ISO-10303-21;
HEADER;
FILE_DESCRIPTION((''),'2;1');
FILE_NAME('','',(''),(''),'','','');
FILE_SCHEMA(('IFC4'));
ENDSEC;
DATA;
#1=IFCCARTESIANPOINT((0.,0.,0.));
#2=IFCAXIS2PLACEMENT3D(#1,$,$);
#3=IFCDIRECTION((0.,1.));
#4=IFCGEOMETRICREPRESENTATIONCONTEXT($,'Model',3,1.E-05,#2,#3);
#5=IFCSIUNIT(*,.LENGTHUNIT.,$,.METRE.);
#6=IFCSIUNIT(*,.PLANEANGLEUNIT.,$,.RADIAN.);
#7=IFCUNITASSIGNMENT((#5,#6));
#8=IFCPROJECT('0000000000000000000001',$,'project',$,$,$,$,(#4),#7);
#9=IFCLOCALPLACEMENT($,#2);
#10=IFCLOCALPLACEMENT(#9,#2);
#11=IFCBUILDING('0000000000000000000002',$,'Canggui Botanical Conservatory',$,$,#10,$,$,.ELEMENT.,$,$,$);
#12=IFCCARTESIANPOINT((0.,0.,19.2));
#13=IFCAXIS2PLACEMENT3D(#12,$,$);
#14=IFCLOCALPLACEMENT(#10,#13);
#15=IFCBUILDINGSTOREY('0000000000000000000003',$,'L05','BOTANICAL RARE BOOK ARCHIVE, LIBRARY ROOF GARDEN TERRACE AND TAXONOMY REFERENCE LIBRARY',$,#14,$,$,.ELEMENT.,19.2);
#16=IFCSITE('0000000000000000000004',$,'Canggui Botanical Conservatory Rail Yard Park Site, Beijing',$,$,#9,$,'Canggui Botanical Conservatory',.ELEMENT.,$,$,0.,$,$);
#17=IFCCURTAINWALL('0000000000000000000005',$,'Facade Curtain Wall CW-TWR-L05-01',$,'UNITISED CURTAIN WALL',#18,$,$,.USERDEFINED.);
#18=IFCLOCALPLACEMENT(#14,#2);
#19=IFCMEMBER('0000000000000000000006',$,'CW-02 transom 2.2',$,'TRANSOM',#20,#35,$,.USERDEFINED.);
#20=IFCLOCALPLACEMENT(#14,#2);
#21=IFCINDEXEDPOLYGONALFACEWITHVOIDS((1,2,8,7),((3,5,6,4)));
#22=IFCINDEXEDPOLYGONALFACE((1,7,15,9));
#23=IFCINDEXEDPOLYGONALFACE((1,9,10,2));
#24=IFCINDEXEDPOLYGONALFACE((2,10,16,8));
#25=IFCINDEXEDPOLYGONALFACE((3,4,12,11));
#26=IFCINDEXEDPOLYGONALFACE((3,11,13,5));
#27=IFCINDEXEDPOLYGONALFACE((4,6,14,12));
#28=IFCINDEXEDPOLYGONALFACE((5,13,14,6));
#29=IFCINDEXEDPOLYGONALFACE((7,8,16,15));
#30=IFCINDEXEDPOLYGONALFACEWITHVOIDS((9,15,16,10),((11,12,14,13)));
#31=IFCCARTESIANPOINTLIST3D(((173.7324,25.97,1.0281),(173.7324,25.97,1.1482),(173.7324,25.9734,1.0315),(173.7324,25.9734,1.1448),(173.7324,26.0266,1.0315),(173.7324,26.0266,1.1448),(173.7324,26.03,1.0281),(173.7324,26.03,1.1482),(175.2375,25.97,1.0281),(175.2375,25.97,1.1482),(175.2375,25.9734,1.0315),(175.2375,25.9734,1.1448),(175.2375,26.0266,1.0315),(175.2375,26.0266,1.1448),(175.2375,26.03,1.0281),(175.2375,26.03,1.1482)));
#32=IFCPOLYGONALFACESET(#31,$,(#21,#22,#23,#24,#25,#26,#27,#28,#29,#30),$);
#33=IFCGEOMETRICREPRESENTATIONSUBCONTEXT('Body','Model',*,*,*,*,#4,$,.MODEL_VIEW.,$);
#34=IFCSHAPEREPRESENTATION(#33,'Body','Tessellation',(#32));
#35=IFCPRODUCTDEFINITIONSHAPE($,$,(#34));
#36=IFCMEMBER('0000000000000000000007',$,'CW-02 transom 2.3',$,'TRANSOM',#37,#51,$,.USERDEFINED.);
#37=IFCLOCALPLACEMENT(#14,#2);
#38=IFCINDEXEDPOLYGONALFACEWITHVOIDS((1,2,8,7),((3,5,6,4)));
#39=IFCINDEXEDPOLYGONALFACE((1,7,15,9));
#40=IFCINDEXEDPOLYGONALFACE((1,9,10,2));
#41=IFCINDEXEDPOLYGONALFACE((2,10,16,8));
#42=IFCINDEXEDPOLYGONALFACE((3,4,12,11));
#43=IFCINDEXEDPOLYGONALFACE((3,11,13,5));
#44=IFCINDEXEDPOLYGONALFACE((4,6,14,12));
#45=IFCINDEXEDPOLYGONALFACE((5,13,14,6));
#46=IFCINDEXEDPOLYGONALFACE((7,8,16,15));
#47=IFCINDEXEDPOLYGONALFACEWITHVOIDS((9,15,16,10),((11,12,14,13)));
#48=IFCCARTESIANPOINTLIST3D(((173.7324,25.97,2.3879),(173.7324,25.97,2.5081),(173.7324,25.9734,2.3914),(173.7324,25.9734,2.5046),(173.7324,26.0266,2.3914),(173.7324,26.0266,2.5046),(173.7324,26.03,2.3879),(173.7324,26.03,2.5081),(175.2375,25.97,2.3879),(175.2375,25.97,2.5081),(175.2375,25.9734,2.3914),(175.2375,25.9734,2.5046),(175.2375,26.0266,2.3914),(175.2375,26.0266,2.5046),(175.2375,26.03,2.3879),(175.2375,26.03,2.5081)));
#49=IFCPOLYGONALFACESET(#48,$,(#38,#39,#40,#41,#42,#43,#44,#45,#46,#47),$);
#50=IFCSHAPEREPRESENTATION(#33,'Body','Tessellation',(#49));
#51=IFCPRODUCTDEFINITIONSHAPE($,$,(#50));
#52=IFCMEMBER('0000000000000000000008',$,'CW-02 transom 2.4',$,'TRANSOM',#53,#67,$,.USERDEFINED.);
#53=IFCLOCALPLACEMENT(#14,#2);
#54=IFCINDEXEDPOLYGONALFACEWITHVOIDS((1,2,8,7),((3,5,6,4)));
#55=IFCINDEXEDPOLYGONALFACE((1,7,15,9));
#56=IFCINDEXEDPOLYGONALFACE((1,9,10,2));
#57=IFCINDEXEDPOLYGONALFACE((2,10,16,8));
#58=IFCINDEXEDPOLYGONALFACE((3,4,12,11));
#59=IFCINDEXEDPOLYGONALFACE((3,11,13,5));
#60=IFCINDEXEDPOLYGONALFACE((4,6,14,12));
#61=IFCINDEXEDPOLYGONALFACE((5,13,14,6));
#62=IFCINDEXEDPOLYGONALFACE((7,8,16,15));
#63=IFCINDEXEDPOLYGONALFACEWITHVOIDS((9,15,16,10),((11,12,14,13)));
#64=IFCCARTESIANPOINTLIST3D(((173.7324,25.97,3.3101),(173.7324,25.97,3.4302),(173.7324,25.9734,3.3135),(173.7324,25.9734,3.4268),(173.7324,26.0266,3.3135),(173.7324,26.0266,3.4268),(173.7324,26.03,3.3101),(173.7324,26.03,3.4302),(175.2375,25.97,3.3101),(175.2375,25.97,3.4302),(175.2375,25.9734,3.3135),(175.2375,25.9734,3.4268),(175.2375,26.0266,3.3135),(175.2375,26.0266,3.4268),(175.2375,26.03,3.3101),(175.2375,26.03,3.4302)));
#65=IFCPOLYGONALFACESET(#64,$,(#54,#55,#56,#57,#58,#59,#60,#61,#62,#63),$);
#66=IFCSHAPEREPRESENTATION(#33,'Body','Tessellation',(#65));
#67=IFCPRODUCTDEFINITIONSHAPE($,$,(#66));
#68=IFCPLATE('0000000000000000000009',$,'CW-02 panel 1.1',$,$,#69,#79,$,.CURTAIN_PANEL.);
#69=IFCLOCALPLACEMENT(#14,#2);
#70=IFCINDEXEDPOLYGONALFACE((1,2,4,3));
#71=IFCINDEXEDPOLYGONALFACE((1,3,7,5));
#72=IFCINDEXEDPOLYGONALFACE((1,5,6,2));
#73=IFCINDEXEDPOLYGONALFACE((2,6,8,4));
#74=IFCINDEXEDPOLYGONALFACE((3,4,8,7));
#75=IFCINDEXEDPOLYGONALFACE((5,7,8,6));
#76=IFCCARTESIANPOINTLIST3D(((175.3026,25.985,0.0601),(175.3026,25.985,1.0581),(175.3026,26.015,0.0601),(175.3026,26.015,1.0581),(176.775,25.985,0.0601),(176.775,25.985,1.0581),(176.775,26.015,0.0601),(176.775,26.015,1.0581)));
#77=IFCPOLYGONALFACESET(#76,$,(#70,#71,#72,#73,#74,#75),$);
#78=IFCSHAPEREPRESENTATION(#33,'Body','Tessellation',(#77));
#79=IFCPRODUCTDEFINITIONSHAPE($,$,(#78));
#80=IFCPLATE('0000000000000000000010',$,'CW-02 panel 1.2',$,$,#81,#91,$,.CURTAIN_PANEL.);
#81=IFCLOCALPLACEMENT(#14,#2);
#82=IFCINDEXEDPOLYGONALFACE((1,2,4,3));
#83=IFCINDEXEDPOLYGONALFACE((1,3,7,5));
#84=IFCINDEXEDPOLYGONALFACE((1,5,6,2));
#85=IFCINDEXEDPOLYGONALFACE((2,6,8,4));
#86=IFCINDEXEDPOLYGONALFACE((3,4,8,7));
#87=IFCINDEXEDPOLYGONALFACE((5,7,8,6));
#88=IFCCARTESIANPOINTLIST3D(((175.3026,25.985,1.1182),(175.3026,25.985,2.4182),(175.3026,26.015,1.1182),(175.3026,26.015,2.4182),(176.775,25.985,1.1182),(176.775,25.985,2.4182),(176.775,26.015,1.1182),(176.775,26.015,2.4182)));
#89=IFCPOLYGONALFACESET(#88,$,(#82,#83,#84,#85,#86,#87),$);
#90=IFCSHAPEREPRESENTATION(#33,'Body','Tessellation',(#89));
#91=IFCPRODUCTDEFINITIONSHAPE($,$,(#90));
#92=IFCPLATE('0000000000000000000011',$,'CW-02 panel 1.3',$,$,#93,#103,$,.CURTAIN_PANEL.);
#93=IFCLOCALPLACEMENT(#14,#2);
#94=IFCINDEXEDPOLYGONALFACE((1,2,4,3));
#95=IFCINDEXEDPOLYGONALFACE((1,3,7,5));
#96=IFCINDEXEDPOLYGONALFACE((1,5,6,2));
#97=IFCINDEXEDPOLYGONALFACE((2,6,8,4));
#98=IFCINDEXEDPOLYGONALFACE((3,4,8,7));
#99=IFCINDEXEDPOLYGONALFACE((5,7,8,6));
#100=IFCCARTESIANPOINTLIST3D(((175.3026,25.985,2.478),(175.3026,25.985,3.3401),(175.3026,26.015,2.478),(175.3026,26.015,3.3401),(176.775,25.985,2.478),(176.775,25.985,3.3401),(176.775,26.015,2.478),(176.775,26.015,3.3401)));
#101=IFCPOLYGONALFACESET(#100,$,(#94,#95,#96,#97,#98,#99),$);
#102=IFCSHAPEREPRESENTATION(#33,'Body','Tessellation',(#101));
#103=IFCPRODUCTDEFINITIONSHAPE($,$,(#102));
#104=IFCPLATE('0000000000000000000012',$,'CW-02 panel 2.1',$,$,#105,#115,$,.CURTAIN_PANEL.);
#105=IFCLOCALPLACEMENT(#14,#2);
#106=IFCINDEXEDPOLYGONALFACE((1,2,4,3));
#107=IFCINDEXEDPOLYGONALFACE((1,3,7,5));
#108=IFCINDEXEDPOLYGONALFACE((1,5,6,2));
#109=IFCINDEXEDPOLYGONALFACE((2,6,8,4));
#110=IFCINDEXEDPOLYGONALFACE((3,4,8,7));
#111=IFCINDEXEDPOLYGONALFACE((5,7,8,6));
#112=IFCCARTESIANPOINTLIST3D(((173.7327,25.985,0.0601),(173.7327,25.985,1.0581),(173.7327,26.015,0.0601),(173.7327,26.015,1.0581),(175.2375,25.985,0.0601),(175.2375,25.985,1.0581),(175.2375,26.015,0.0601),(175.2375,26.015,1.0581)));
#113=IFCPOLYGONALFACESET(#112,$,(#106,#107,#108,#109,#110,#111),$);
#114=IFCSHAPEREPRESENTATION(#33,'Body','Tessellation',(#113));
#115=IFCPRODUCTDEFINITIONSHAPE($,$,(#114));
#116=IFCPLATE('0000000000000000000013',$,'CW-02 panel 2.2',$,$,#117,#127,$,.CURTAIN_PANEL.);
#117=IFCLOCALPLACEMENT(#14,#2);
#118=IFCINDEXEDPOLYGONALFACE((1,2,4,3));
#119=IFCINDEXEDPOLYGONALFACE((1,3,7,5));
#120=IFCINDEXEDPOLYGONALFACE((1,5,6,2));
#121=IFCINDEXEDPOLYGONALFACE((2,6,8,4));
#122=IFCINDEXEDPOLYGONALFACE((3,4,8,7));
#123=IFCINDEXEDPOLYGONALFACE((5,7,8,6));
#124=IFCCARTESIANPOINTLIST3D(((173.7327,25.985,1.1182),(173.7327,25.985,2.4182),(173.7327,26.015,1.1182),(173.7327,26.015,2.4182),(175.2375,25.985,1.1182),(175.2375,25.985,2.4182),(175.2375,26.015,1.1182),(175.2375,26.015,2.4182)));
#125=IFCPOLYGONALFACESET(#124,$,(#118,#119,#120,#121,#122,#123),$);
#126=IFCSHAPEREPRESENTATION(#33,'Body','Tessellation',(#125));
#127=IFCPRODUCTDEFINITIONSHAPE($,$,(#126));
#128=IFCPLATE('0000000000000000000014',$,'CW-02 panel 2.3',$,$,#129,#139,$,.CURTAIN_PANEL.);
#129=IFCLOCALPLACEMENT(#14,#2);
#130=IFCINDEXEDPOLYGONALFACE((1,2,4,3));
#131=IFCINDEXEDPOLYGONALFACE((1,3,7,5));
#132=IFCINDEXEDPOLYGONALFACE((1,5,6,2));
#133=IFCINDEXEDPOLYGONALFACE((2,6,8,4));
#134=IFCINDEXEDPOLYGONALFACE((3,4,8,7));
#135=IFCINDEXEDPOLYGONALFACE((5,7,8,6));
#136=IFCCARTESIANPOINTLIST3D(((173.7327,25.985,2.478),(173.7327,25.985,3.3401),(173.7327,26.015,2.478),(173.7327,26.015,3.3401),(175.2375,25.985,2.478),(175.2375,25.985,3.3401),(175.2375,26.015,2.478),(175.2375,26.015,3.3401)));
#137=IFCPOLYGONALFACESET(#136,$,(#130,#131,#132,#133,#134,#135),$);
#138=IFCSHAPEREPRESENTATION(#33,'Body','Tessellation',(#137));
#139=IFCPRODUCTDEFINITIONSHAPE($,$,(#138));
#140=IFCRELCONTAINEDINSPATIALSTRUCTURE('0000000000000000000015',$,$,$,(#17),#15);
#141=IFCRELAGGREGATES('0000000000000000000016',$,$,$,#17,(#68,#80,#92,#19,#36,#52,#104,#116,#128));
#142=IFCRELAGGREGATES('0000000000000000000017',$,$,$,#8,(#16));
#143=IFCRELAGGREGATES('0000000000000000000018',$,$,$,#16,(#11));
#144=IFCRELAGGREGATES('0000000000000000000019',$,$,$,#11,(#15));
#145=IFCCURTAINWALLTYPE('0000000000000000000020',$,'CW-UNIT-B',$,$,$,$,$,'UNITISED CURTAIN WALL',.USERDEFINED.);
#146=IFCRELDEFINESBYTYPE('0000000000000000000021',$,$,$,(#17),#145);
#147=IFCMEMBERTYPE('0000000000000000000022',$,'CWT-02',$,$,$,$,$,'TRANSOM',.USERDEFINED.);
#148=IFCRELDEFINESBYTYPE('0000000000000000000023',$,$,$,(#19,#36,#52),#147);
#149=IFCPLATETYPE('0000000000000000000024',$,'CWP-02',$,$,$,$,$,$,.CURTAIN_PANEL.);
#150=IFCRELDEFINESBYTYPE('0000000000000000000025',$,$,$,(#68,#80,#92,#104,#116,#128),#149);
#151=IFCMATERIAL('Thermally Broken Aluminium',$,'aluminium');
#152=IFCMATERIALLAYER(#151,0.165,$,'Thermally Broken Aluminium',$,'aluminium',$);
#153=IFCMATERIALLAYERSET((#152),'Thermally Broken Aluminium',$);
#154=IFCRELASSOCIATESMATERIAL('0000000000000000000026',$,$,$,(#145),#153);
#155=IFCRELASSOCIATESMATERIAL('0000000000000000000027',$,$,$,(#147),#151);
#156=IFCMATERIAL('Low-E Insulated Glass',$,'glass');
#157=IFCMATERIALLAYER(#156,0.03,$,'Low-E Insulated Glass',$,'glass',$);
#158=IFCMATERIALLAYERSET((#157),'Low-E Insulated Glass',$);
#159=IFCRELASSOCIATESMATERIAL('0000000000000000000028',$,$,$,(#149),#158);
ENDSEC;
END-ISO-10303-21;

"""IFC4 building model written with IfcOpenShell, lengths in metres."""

from ifc_helpers import new_model, si_unit, direction, frame, origin, origin_2d, place, context, subcontext, project, spatial, rectangle, hollow_rectangle, extrude, material, layer, layer_set, material_profile, profile_set, type_object, element, aggregate, save


model = new_model("IFC4")

# Units and contexts
model_context = context("Model", 3, precision=1e-05, world=origin(), true_north=direction((0.0, 1.0)))
body_context = subcontext(model_context, "Body", "Model", "MODEL_VIEW")
ifc_project = project(units=[si_unit("LENGTHUNIT", "METRE"), si_unit("PLANEANGLEUNIT", "RADIAN")], contexts=[model_context])

# Site, building, storey
site_placement = place(None, origin())
site = spatial("IfcSite", under=ifc_project, at=site_placement, Name="Canggui Botanical Conservatory Rail Yard Park Site, Beijing", LongName="Canggui Botanical Conservatory", CompositionType="ELEMENT", RefElevation=0.0)
building_placement = place(site_placement, origin())
building = spatial("IfcBuilding", under=site, at=building_placement, Name="Canggui Botanical Conservatory", CompositionType="ELEMENT")
storey_placement = place(building_placement, frame((0.0, 0.0, 19.2)))
storey = spatial("IfcBuildingStorey", under=building, at=storey_placement, Name="L05", Description="BOTANICAL RARE BOOK ARCHIVE, LIBRARY ROOF GARDEN TERRACE AND TAXONOMY REFERENCE LIBRARY", CompositionType="ELEMENT", Elevation=19.2)

# Curtain wall, members, plates
ifc_material_1 = material(Name="Thermally Broken Aluminium", Category="aluminium")
ifc_layer_1 = layer(ifc_material_1, 0.165, Name="Thermally Broken Aluminium", Category="aluminium")
ifc_layer_set_1 = layer_set([ifc_layer_1], Name="Thermally Broken Aluminium")
curtain_wall_type = type_object("IfcCurtainWallType", Name="CW-UNIT-B", ElementType="UNITISED CURTAIN WALL", PredefinedType="USERDEFINED", material=ifc_layer_set_1)
curtain_wall_placement = place(storey_placement, origin())
curtain_wall = element("IfcCurtainWall", 1, at=curtain_wall_placement, inside=storey, type_object=curtain_wall_type, Name="Facade Curtain Wall CW-TWR-L05-01", ObjectType="UNITISED CURTAIN WALL", PredefinedType="USERDEFINED")
ifc_material_profile_1 = material_profile(ifc_material_1, hollow_rectangle(XDim=0.0601, YDim=0.1201, WallThickness=0.0034, at=origin_2d()), Name="CWT 60x120x3.5")
ifc_profile_set_1 = profile_set([ifc_material_profile_1], Name="Thermally Broken Aluminium")
member_type_1 = type_object("IfcMemberType", Name="CWT-02", ElementType="TRANSOM", PredefinedType="USERDEFINED", material=ifc_profile_set_1)
member_1_placement = place(storey_placement, frame((175.2375, 26.0, 1.0881), z_axis=(-1.0, 0.0, 0.0), x_axis=(0.0, -1.0, 0.0)))
member_1 = element("IfcMember", 2, at=member_1_placement, type_object=member_type_1, Name="CW-02 transom 2.2", ObjectType="TRANSOM", PredefinedType="USERDEFINED", context=body_context, shape_type="SweptSolid", body=[
    extrude(hollow_rectangle(XDim=0.0601, YDim=0.1201, WallThickness=0.0034, at=origin_2d()), origin(), (0.0, 0.0, 1.0), 1.5051),
])
member_2_placement = place(storey_placement, frame((175.2375, 26.0, 2.448), z_axis=(-1.0, 0.0, 0.0), x_axis=(0.0, -1.0, 0.0)))
member_2 = element("IfcMember", 3, at=member_2_placement, type_object=member_type_1, Name="CW-02 transom 2.3", ObjectType="TRANSOM", PredefinedType="USERDEFINED", context=body_context, shape_type="SweptSolid", body=[
    extrude(hollow_rectangle(XDim=0.0601, YDim=0.1201, WallThickness=0.0034, at=origin_2d()), origin(), (0.0, 0.0, 1.0), 1.5051),
])
member_3_placement = place(storey_placement, frame((175.2375, 26.0, 3.3701), z_axis=(-1.0, 0.0, 0.0), x_axis=(0.0, -1.0, 0.0)))
member_3 = element("IfcMember", 4, at=member_3_placement, type_object=member_type_1, Name="CW-02 transom 2.4", ObjectType="TRANSOM", PredefinedType="USERDEFINED", context=body_context, shape_type="SweptSolid", body=[
    extrude(hollow_rectangle(XDim=0.0601, YDim=0.1201, WallThickness=0.0034, at=origin_2d()), origin(), (0.0, 0.0, 1.0), 1.5051),
])
ifc_material_2 = material(Name="Low-E Insulated Glass", Category="glass")
ifc_layer_2 = layer(ifc_material_2, 0.03, Name="Low-E Insulated Glass", Category="glass")
ifc_layer_set_2 = layer_set([ifc_layer_2], Name="Low-E Insulated Glass")
plate_type = type_object("IfcPlateType", Name="CWP-02", PredefinedType="CURTAIN_PANEL", material=ifc_layer_set_2)
plate_1_placement = place(storey_placement, frame((176.0388, 26.0, 0.0601), z_axis=(0.0, 0.0, 1.0), x_axis=(-1.0, 0.0, 0.0)))
plate_1 = element("IfcPlate", 5, at=plate_1_placement, type_object=plate_type, Name="CW-02 panel 1.1", PredefinedType="CURTAIN_PANEL", context=body_context, shape_type="SweptSolid", body=[
    extrude(rectangle(XDim=1.4724, YDim=0.03, at=origin_2d()), origin(), (0.0, 0.0, 1.0), 0.998),
])
plate_2_placement = place(storey_placement, frame((176.0388, 26.0, 1.1182), z_axis=(0.0, 0.0, 1.0), x_axis=(-1.0, 0.0, 0.0)))
plate_2 = element("IfcPlate", 6, at=plate_2_placement, type_object=plate_type, Name="CW-02 panel 1.2", PredefinedType="CURTAIN_PANEL", context=body_context, shape_type="SweptSolid", body=[
    extrude(rectangle(XDim=1.4724, YDim=0.03, at=origin_2d()), origin(), (0.0, 0.0, 1.0), 1.3),
])
plate_3_placement = place(storey_placement, frame((176.0388, 26.0, 2.478), z_axis=(0.0, 0.0, 1.0), x_axis=(-1.0, 0.0, 0.0)))
plate_3 = element("IfcPlate", 7, at=plate_3_placement, type_object=plate_type, Name="CW-02 panel 1.3", PredefinedType="CURTAIN_PANEL", context=body_context, shape_type="SweptSolid", body=[
    extrude(rectangle(XDim=1.4724, YDim=0.03, at=origin_2d()), origin(), (0.0, 0.0, 1.0), 0.8621),
])
plate_4_placement = place(storey_placement, frame((174.4851, 26.0, 0.0601), z_axis=(0.0, 0.0, 1.0), x_axis=(-1.0, 0.0, 0.0)))
plate_4 = element("IfcPlate", 8, at=plate_4_placement, type_object=plate_type, Name="CW-02 panel 2.1", PredefinedType="CURTAIN_PANEL", context=body_context, shape_type="SweptSolid", body=[
    extrude(rectangle(XDim=1.5049, YDim=0.03, at=origin_2d()), origin(), (0.0, 0.0, 1.0), 0.998),
])
plate_5_placement = place(storey_placement, frame((174.4851, 26.0, 1.1182), z_axis=(0.0, 0.0, 1.0), x_axis=(-1.0, 0.0, 0.0)))
plate_5 = element("IfcPlate", 9, at=plate_5_placement, type_object=plate_type, Name="CW-02 panel 2.2", PredefinedType="CURTAIN_PANEL", context=body_context, shape_type="SweptSolid", body=[
    extrude(rectangle(XDim=1.5049, YDim=0.03, at=origin_2d()), origin(), (0.0, 0.0, 1.0), 1.3),
])
plate_6_placement = place(storey_placement, frame((174.4851, 26.0, 2.478), z_axis=(0.0, 0.0, 1.0), x_axis=(-1.0, 0.0, 0.0)))
plate_6 = element("IfcPlate", 10, at=plate_6_placement, type_object=plate_type, Name="CW-02 panel 2.3", PredefinedType="CURTAIN_PANEL", context=body_context, shape_type="SweptSolid", body=[
    extrude(rectangle(XDim=1.5049, YDim=0.03, at=origin_2d()), origin(), (0.0, 0.0, 1.0), 0.8621),
])
aggregate(curtain_wall, [plate_1, plate_2, plate_3, member_1, member_2, member_3, plate_4, plate_5, plate_6])

save(model, "model.ifc")
